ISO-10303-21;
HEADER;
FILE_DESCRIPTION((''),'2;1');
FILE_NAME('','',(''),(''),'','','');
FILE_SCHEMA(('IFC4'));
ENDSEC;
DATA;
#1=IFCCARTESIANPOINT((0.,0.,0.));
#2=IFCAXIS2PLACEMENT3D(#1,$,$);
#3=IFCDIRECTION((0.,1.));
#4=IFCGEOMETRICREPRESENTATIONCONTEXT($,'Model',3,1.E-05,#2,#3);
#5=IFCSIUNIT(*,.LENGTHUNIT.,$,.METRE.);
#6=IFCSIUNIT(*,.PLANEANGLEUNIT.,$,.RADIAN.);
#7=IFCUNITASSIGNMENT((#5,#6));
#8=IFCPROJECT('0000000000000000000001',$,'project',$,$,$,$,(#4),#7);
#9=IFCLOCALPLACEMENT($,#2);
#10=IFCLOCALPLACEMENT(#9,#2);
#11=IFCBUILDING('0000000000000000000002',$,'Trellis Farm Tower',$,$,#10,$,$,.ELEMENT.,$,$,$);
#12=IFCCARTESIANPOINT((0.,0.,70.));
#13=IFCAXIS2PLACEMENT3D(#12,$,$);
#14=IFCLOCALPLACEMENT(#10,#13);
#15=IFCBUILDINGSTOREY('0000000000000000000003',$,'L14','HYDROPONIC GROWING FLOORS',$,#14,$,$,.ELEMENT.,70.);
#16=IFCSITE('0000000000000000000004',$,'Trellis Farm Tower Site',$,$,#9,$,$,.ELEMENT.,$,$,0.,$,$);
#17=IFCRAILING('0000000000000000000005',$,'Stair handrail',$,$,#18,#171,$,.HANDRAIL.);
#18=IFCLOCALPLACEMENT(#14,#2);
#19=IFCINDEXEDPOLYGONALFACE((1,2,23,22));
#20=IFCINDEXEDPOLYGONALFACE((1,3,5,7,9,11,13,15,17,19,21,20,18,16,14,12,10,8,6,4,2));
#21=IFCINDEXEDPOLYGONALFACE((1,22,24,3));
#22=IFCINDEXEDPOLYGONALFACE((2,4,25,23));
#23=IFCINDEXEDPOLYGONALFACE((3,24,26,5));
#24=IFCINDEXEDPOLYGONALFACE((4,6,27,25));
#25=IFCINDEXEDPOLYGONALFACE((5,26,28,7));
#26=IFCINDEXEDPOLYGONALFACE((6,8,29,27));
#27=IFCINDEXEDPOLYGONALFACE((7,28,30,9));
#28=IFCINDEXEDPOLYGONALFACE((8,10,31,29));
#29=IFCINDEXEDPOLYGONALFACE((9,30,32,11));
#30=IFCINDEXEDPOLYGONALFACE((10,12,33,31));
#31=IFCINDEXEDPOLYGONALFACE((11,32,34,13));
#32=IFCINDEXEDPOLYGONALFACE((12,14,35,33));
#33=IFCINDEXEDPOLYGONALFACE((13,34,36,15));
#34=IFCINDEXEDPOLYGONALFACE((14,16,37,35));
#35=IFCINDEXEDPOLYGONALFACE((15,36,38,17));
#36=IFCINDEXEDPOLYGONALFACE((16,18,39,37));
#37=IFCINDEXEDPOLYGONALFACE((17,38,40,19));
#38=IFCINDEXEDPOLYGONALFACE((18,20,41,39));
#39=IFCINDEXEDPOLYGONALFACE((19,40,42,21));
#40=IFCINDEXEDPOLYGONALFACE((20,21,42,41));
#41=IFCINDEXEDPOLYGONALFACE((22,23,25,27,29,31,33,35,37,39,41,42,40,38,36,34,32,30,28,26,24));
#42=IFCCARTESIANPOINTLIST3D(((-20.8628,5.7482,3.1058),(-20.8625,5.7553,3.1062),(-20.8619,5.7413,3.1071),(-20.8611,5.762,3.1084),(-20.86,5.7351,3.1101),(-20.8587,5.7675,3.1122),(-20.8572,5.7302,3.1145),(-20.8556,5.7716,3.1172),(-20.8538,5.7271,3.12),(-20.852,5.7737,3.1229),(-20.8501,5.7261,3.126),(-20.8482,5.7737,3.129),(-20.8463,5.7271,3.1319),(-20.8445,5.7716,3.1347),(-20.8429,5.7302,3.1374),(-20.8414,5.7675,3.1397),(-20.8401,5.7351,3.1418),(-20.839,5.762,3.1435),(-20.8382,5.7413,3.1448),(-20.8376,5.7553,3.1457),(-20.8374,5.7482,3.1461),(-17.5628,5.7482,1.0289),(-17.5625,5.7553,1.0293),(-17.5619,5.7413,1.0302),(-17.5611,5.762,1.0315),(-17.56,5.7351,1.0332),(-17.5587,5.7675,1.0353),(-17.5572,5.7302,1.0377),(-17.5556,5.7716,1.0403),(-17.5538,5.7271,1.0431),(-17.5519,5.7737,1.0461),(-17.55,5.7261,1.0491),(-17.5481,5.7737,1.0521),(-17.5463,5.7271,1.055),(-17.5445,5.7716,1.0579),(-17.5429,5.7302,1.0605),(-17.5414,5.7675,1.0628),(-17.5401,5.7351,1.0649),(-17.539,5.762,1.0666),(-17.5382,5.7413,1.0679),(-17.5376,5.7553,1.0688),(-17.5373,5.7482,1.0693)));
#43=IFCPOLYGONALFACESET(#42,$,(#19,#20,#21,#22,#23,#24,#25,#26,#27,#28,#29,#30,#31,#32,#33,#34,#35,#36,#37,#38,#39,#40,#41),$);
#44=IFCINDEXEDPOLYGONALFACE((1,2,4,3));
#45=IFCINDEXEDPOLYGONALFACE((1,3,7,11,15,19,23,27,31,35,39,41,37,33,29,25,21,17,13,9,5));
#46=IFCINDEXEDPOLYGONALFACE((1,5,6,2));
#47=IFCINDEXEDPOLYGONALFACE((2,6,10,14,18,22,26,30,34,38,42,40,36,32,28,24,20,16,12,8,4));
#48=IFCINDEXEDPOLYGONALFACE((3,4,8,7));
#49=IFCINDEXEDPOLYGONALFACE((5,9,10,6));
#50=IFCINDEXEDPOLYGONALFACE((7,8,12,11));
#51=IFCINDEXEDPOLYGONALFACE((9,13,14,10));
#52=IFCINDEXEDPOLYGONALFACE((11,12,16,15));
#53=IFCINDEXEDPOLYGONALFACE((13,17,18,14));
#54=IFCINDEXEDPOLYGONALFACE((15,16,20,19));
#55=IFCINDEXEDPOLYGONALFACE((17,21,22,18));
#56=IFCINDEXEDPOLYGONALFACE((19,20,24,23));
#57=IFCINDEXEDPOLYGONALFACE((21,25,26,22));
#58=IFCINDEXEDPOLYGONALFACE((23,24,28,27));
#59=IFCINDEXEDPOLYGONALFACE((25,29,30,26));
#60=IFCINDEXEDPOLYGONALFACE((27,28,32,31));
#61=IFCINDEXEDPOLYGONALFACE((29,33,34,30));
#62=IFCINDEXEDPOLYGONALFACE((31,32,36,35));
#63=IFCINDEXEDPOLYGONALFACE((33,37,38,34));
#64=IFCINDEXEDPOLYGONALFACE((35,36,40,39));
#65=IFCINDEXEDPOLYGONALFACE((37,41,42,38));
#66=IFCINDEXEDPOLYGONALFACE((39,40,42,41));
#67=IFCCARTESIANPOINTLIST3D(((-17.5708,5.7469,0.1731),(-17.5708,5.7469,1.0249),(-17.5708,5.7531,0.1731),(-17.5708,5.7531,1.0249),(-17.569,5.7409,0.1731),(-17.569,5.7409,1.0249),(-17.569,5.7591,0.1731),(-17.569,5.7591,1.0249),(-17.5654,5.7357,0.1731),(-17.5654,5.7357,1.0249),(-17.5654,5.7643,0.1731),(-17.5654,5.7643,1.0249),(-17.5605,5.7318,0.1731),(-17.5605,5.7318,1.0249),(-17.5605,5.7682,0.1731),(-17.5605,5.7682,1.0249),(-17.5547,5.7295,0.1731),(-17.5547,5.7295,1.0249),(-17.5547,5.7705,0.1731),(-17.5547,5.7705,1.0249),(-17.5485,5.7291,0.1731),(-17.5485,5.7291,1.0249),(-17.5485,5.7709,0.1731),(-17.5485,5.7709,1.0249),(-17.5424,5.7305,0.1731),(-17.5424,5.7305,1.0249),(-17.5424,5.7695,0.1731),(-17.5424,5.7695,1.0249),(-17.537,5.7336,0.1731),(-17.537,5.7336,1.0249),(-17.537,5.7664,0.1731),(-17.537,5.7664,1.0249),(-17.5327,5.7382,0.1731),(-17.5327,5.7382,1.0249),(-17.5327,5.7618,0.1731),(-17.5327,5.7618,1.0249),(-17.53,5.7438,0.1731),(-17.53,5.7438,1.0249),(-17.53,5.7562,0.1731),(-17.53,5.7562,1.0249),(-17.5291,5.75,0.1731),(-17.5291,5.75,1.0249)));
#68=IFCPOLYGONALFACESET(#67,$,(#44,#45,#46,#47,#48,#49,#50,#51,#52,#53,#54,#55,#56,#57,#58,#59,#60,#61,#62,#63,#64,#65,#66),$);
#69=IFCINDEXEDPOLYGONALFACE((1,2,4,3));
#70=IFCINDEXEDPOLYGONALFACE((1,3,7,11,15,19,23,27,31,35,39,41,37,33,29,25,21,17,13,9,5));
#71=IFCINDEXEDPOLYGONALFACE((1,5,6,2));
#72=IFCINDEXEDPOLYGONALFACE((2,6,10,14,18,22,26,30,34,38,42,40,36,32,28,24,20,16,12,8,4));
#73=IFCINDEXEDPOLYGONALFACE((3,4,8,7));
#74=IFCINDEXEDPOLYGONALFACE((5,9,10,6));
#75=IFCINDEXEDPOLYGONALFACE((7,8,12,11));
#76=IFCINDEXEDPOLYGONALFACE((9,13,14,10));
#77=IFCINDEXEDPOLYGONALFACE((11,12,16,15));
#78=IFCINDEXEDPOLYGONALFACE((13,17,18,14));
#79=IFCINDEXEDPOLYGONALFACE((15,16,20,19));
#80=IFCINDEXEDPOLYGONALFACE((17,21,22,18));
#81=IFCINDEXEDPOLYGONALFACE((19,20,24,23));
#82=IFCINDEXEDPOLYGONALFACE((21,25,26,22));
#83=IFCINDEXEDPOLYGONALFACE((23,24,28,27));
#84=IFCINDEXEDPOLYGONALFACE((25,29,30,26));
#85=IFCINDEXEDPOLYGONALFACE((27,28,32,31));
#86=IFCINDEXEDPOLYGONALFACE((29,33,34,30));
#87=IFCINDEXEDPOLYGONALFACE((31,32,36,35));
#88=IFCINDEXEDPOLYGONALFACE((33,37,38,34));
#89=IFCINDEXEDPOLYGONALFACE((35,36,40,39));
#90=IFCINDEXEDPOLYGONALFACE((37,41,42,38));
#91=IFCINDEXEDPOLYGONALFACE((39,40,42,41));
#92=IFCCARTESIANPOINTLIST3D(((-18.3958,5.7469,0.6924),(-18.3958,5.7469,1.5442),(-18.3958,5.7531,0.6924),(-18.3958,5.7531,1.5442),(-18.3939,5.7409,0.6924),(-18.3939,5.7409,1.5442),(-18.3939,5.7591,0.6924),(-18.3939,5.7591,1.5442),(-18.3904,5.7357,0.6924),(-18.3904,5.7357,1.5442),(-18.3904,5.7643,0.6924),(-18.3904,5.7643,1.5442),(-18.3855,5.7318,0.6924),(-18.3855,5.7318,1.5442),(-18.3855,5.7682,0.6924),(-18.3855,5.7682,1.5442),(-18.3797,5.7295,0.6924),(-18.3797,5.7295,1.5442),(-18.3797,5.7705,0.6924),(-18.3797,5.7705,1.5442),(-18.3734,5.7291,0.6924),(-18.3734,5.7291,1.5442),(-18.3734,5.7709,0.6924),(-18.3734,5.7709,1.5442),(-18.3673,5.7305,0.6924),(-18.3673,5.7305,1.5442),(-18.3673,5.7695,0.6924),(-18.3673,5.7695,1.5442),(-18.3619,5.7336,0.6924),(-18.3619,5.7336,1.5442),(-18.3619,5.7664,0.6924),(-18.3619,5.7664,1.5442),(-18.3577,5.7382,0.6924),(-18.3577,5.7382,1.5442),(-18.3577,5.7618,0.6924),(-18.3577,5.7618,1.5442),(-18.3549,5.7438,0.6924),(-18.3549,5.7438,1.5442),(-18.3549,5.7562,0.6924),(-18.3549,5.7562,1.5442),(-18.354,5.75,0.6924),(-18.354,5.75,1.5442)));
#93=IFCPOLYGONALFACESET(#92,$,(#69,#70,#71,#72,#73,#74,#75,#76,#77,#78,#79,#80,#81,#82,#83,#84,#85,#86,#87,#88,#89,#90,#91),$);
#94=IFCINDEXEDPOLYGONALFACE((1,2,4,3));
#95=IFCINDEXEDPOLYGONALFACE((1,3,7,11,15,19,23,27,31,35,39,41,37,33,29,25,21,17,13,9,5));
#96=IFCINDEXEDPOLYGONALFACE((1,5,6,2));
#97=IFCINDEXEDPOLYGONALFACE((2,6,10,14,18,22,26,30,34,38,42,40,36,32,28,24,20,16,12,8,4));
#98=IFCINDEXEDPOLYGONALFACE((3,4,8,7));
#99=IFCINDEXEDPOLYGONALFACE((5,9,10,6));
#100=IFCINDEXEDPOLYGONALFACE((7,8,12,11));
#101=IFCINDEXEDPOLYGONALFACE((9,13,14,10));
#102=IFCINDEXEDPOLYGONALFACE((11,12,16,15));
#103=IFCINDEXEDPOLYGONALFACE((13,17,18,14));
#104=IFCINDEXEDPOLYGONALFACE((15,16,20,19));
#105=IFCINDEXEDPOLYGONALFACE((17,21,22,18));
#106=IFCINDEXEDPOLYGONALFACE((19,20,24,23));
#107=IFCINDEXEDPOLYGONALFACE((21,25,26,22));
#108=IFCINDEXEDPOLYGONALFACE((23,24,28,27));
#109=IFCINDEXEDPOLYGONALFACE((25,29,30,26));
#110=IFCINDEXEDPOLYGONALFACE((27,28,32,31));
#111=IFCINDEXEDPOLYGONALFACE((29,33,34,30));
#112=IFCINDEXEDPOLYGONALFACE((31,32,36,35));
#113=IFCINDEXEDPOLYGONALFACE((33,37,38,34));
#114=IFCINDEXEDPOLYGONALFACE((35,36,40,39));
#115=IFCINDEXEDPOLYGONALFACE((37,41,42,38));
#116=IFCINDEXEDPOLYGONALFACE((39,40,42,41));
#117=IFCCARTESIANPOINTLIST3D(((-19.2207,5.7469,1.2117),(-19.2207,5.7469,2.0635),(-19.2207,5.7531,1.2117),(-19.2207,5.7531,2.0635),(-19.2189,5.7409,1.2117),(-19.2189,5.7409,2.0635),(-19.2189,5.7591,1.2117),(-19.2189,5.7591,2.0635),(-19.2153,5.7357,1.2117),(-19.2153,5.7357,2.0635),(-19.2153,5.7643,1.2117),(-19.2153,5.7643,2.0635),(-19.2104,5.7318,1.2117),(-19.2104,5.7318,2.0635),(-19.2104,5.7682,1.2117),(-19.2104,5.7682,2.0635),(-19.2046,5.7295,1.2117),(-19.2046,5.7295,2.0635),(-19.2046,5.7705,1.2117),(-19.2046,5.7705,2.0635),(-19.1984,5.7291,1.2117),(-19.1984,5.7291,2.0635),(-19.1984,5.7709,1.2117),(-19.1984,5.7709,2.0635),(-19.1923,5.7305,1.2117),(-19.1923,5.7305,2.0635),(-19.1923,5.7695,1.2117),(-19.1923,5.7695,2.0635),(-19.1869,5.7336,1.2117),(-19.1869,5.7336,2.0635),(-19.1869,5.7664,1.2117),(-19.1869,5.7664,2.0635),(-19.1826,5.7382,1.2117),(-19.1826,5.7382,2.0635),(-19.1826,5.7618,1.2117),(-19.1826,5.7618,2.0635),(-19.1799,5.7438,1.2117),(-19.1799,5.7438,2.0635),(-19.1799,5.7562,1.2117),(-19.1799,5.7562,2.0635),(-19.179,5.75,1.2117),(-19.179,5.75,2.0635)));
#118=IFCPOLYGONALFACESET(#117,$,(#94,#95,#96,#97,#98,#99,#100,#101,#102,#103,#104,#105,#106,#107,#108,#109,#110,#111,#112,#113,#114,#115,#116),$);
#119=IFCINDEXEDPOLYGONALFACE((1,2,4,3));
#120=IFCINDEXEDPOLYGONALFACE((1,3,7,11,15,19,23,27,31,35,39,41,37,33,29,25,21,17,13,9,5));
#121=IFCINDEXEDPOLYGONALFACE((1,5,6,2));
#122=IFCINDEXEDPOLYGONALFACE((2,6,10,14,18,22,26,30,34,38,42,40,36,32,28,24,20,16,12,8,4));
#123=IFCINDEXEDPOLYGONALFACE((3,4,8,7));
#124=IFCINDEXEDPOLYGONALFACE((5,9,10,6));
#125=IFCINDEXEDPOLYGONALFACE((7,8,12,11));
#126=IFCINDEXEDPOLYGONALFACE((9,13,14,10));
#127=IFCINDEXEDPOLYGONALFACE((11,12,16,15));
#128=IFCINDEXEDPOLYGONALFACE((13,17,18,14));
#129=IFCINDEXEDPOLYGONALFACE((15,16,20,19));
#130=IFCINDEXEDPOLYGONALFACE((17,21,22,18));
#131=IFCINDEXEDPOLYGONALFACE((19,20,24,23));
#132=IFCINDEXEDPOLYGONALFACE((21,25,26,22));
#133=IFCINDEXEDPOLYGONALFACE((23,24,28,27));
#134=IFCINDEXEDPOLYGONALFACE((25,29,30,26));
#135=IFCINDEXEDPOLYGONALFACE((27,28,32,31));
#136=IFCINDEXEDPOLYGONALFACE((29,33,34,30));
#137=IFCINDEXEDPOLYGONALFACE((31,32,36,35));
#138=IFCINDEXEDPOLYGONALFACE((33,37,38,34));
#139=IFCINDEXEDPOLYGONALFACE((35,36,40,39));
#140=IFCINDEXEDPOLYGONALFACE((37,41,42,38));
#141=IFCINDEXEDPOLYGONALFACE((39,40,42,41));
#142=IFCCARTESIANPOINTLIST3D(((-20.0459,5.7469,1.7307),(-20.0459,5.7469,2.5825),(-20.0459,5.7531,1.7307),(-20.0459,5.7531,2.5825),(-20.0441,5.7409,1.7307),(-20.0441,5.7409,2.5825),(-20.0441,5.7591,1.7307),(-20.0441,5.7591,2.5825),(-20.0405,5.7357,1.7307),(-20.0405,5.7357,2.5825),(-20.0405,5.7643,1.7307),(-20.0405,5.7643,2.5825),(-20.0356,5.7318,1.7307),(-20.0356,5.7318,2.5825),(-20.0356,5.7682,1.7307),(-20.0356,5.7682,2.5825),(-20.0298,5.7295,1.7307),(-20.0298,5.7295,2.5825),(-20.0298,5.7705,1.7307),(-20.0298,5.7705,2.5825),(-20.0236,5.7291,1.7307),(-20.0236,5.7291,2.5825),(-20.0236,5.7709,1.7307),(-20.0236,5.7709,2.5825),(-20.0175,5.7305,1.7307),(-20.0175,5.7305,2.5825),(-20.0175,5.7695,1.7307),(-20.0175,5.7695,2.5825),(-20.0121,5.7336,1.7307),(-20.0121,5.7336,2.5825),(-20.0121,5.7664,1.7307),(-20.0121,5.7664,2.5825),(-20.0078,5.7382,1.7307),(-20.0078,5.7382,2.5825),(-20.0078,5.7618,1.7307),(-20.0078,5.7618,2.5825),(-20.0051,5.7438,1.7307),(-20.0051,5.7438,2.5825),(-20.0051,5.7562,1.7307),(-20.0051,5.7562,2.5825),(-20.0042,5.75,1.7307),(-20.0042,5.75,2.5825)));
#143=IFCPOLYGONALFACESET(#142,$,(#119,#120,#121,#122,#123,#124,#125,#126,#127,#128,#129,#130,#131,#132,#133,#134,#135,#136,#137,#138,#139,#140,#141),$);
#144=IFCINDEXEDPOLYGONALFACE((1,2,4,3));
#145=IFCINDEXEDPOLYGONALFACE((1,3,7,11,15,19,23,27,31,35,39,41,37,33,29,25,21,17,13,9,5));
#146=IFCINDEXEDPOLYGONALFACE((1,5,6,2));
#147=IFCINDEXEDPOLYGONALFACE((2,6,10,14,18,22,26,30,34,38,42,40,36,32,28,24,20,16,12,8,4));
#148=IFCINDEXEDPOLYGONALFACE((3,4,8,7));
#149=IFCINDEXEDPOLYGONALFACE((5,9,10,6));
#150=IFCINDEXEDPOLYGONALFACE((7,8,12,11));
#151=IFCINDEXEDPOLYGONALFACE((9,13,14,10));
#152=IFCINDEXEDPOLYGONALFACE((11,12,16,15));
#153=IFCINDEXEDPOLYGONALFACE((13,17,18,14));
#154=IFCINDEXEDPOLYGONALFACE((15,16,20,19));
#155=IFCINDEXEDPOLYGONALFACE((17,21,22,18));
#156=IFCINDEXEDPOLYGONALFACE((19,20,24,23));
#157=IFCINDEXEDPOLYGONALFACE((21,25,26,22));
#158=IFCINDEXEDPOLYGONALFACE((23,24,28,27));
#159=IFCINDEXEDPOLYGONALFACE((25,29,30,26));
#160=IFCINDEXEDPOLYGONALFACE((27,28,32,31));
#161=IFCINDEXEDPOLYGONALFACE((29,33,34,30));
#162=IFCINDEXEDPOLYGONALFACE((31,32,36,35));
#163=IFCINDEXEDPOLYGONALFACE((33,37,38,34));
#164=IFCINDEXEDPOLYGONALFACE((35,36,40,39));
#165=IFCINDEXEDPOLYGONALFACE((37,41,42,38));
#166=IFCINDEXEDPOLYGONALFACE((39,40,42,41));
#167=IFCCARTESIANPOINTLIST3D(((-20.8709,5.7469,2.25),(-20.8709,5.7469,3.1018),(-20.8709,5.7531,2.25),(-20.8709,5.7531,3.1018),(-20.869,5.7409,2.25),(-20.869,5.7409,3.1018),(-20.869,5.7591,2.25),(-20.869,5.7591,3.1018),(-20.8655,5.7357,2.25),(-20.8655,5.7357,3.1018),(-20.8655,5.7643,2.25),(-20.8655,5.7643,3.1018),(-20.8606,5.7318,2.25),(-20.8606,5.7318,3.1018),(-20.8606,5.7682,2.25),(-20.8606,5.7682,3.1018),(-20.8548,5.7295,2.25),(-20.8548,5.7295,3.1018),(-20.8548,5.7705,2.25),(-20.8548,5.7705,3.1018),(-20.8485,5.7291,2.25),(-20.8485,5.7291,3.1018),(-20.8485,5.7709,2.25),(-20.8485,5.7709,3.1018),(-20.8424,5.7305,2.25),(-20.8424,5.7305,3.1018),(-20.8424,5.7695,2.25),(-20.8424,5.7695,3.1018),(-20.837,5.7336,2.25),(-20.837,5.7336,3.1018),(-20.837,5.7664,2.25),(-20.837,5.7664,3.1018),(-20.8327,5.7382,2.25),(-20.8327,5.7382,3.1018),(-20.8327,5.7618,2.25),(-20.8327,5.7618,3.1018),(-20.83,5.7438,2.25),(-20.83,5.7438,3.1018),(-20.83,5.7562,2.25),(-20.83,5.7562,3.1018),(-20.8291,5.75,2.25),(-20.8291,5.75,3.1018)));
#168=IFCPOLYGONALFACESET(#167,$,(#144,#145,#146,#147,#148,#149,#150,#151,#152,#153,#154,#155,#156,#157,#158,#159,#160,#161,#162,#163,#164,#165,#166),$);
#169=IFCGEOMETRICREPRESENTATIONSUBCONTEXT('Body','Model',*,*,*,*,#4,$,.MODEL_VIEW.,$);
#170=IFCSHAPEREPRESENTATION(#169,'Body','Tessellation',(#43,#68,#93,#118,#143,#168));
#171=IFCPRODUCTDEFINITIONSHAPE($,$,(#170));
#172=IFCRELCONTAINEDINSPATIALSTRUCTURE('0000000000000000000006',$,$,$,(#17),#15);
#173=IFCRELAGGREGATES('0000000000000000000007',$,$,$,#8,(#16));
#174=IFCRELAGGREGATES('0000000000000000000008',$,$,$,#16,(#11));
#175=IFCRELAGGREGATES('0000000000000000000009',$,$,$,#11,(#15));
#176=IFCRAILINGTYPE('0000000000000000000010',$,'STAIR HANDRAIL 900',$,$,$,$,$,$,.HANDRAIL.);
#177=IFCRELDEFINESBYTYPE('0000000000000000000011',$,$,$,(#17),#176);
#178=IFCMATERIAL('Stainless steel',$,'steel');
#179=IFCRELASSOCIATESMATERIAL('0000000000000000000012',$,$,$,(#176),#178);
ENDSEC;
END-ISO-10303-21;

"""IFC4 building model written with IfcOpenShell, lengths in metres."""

from ifc_helpers import new_model, si_unit, direction, frame, origin, origin_2d, place, context, subcontext, project, spatial, circle, extrude, source, transform, mapped, material, type_object, element, save


model = new_model("IFC4")

# Units and contexts
model_context = context("Model", 3, precision=1e-05, world=origin(), true_north=direction((0.0, 1.0)))
body_context = subcontext(model_context, "Body", "Model", "MODEL_VIEW")
ifc_project = project(units=[si_unit("LENGTHUNIT", "METRE"), si_unit("PLANEANGLEUNIT", "RADIAN")], contexts=[model_context])

# Site, building, storey
site_placement = place(None, origin())
site = spatial("IfcSite", under=ifc_project, at=site_placement, Name="Trellis Farm Tower Site", CompositionType="ELEMENT", RefElevation=0.0)
building_placement = place(site_placement, origin())
building = spatial("IfcBuilding", under=site, at=building_placement, Name="Trellis Farm Tower", CompositionType="ELEMENT")
storey_placement = place(building_placement, frame((0.0, 0.0, 70.0)))
storey = spatial("IfcBuildingStorey", under=building, at=storey_placement, Name="L14", Description="HYDROPONIC GROWING FLOORS", CompositionType="ELEMENT", Elevation=70.0)

# Railing
ifc_material_1 = material(Name="Stainless steel", Category="steel")
railing_type = type_object("IfcRailingType", Name="STAIR HANDRAIL 900", PredefinedType="HANDRAIL", material=ifc_material_1)
shared_shape_1 = source(origin(), body_context, "Body", "SweptSolid", [
    extrude(circle(Radius=0.0239, at=origin_2d()), frame((0.0, 0.0, 0.876), z_axis=(-0.846337, 0.0, 0.532647), x_axis=(0.0, -1.0, 0.0)), (0.0, 0.0, 1.0), 3.8992),
    extrude(circle(Radius=0.021, at=origin_2d()), origin(), (0.0, 0.0, 1.0), 0.8518),
    extrude(circle(Radius=0.021, at=origin_2d()), frame((-0.825, 0.0, 0.5193)), (0.0, 0.0, 1.0), 0.8518),
    extrude(circle(Radius=0.021, at=origin_2d()), frame((-1.6499, 0.0, 1.0386)), (0.0, 0.0, 1.0), 0.8518),
    extrude(circle(Radius=0.021, at=origin_2d()), frame((-2.4751, 0.0, 1.5576)), (0.0, 0.0, 1.0), 0.8518),
    extrude(circle(Radius=0.021, at=origin_2d()), frame((-3.3, 0.0, 2.0769)), (0.0, 0.0, 1.0), 0.8518),
])
for number, where, name in (
    (1, (-17.55, 5.75, 0.1731), "Stair handrail"),
):
    element("IfcRailing", number, at=place(storey_placement, frame(where)), inside=storey, type_object=railing_type, Name=name, PredefinedType="HANDRAIL", context=body_context, shape_type="MappedRepresentation", body=[
        mapped(shared_shape_1, transform((0.0, 0.0, 0.0))),
    ])

save(model, "model.ifc")
